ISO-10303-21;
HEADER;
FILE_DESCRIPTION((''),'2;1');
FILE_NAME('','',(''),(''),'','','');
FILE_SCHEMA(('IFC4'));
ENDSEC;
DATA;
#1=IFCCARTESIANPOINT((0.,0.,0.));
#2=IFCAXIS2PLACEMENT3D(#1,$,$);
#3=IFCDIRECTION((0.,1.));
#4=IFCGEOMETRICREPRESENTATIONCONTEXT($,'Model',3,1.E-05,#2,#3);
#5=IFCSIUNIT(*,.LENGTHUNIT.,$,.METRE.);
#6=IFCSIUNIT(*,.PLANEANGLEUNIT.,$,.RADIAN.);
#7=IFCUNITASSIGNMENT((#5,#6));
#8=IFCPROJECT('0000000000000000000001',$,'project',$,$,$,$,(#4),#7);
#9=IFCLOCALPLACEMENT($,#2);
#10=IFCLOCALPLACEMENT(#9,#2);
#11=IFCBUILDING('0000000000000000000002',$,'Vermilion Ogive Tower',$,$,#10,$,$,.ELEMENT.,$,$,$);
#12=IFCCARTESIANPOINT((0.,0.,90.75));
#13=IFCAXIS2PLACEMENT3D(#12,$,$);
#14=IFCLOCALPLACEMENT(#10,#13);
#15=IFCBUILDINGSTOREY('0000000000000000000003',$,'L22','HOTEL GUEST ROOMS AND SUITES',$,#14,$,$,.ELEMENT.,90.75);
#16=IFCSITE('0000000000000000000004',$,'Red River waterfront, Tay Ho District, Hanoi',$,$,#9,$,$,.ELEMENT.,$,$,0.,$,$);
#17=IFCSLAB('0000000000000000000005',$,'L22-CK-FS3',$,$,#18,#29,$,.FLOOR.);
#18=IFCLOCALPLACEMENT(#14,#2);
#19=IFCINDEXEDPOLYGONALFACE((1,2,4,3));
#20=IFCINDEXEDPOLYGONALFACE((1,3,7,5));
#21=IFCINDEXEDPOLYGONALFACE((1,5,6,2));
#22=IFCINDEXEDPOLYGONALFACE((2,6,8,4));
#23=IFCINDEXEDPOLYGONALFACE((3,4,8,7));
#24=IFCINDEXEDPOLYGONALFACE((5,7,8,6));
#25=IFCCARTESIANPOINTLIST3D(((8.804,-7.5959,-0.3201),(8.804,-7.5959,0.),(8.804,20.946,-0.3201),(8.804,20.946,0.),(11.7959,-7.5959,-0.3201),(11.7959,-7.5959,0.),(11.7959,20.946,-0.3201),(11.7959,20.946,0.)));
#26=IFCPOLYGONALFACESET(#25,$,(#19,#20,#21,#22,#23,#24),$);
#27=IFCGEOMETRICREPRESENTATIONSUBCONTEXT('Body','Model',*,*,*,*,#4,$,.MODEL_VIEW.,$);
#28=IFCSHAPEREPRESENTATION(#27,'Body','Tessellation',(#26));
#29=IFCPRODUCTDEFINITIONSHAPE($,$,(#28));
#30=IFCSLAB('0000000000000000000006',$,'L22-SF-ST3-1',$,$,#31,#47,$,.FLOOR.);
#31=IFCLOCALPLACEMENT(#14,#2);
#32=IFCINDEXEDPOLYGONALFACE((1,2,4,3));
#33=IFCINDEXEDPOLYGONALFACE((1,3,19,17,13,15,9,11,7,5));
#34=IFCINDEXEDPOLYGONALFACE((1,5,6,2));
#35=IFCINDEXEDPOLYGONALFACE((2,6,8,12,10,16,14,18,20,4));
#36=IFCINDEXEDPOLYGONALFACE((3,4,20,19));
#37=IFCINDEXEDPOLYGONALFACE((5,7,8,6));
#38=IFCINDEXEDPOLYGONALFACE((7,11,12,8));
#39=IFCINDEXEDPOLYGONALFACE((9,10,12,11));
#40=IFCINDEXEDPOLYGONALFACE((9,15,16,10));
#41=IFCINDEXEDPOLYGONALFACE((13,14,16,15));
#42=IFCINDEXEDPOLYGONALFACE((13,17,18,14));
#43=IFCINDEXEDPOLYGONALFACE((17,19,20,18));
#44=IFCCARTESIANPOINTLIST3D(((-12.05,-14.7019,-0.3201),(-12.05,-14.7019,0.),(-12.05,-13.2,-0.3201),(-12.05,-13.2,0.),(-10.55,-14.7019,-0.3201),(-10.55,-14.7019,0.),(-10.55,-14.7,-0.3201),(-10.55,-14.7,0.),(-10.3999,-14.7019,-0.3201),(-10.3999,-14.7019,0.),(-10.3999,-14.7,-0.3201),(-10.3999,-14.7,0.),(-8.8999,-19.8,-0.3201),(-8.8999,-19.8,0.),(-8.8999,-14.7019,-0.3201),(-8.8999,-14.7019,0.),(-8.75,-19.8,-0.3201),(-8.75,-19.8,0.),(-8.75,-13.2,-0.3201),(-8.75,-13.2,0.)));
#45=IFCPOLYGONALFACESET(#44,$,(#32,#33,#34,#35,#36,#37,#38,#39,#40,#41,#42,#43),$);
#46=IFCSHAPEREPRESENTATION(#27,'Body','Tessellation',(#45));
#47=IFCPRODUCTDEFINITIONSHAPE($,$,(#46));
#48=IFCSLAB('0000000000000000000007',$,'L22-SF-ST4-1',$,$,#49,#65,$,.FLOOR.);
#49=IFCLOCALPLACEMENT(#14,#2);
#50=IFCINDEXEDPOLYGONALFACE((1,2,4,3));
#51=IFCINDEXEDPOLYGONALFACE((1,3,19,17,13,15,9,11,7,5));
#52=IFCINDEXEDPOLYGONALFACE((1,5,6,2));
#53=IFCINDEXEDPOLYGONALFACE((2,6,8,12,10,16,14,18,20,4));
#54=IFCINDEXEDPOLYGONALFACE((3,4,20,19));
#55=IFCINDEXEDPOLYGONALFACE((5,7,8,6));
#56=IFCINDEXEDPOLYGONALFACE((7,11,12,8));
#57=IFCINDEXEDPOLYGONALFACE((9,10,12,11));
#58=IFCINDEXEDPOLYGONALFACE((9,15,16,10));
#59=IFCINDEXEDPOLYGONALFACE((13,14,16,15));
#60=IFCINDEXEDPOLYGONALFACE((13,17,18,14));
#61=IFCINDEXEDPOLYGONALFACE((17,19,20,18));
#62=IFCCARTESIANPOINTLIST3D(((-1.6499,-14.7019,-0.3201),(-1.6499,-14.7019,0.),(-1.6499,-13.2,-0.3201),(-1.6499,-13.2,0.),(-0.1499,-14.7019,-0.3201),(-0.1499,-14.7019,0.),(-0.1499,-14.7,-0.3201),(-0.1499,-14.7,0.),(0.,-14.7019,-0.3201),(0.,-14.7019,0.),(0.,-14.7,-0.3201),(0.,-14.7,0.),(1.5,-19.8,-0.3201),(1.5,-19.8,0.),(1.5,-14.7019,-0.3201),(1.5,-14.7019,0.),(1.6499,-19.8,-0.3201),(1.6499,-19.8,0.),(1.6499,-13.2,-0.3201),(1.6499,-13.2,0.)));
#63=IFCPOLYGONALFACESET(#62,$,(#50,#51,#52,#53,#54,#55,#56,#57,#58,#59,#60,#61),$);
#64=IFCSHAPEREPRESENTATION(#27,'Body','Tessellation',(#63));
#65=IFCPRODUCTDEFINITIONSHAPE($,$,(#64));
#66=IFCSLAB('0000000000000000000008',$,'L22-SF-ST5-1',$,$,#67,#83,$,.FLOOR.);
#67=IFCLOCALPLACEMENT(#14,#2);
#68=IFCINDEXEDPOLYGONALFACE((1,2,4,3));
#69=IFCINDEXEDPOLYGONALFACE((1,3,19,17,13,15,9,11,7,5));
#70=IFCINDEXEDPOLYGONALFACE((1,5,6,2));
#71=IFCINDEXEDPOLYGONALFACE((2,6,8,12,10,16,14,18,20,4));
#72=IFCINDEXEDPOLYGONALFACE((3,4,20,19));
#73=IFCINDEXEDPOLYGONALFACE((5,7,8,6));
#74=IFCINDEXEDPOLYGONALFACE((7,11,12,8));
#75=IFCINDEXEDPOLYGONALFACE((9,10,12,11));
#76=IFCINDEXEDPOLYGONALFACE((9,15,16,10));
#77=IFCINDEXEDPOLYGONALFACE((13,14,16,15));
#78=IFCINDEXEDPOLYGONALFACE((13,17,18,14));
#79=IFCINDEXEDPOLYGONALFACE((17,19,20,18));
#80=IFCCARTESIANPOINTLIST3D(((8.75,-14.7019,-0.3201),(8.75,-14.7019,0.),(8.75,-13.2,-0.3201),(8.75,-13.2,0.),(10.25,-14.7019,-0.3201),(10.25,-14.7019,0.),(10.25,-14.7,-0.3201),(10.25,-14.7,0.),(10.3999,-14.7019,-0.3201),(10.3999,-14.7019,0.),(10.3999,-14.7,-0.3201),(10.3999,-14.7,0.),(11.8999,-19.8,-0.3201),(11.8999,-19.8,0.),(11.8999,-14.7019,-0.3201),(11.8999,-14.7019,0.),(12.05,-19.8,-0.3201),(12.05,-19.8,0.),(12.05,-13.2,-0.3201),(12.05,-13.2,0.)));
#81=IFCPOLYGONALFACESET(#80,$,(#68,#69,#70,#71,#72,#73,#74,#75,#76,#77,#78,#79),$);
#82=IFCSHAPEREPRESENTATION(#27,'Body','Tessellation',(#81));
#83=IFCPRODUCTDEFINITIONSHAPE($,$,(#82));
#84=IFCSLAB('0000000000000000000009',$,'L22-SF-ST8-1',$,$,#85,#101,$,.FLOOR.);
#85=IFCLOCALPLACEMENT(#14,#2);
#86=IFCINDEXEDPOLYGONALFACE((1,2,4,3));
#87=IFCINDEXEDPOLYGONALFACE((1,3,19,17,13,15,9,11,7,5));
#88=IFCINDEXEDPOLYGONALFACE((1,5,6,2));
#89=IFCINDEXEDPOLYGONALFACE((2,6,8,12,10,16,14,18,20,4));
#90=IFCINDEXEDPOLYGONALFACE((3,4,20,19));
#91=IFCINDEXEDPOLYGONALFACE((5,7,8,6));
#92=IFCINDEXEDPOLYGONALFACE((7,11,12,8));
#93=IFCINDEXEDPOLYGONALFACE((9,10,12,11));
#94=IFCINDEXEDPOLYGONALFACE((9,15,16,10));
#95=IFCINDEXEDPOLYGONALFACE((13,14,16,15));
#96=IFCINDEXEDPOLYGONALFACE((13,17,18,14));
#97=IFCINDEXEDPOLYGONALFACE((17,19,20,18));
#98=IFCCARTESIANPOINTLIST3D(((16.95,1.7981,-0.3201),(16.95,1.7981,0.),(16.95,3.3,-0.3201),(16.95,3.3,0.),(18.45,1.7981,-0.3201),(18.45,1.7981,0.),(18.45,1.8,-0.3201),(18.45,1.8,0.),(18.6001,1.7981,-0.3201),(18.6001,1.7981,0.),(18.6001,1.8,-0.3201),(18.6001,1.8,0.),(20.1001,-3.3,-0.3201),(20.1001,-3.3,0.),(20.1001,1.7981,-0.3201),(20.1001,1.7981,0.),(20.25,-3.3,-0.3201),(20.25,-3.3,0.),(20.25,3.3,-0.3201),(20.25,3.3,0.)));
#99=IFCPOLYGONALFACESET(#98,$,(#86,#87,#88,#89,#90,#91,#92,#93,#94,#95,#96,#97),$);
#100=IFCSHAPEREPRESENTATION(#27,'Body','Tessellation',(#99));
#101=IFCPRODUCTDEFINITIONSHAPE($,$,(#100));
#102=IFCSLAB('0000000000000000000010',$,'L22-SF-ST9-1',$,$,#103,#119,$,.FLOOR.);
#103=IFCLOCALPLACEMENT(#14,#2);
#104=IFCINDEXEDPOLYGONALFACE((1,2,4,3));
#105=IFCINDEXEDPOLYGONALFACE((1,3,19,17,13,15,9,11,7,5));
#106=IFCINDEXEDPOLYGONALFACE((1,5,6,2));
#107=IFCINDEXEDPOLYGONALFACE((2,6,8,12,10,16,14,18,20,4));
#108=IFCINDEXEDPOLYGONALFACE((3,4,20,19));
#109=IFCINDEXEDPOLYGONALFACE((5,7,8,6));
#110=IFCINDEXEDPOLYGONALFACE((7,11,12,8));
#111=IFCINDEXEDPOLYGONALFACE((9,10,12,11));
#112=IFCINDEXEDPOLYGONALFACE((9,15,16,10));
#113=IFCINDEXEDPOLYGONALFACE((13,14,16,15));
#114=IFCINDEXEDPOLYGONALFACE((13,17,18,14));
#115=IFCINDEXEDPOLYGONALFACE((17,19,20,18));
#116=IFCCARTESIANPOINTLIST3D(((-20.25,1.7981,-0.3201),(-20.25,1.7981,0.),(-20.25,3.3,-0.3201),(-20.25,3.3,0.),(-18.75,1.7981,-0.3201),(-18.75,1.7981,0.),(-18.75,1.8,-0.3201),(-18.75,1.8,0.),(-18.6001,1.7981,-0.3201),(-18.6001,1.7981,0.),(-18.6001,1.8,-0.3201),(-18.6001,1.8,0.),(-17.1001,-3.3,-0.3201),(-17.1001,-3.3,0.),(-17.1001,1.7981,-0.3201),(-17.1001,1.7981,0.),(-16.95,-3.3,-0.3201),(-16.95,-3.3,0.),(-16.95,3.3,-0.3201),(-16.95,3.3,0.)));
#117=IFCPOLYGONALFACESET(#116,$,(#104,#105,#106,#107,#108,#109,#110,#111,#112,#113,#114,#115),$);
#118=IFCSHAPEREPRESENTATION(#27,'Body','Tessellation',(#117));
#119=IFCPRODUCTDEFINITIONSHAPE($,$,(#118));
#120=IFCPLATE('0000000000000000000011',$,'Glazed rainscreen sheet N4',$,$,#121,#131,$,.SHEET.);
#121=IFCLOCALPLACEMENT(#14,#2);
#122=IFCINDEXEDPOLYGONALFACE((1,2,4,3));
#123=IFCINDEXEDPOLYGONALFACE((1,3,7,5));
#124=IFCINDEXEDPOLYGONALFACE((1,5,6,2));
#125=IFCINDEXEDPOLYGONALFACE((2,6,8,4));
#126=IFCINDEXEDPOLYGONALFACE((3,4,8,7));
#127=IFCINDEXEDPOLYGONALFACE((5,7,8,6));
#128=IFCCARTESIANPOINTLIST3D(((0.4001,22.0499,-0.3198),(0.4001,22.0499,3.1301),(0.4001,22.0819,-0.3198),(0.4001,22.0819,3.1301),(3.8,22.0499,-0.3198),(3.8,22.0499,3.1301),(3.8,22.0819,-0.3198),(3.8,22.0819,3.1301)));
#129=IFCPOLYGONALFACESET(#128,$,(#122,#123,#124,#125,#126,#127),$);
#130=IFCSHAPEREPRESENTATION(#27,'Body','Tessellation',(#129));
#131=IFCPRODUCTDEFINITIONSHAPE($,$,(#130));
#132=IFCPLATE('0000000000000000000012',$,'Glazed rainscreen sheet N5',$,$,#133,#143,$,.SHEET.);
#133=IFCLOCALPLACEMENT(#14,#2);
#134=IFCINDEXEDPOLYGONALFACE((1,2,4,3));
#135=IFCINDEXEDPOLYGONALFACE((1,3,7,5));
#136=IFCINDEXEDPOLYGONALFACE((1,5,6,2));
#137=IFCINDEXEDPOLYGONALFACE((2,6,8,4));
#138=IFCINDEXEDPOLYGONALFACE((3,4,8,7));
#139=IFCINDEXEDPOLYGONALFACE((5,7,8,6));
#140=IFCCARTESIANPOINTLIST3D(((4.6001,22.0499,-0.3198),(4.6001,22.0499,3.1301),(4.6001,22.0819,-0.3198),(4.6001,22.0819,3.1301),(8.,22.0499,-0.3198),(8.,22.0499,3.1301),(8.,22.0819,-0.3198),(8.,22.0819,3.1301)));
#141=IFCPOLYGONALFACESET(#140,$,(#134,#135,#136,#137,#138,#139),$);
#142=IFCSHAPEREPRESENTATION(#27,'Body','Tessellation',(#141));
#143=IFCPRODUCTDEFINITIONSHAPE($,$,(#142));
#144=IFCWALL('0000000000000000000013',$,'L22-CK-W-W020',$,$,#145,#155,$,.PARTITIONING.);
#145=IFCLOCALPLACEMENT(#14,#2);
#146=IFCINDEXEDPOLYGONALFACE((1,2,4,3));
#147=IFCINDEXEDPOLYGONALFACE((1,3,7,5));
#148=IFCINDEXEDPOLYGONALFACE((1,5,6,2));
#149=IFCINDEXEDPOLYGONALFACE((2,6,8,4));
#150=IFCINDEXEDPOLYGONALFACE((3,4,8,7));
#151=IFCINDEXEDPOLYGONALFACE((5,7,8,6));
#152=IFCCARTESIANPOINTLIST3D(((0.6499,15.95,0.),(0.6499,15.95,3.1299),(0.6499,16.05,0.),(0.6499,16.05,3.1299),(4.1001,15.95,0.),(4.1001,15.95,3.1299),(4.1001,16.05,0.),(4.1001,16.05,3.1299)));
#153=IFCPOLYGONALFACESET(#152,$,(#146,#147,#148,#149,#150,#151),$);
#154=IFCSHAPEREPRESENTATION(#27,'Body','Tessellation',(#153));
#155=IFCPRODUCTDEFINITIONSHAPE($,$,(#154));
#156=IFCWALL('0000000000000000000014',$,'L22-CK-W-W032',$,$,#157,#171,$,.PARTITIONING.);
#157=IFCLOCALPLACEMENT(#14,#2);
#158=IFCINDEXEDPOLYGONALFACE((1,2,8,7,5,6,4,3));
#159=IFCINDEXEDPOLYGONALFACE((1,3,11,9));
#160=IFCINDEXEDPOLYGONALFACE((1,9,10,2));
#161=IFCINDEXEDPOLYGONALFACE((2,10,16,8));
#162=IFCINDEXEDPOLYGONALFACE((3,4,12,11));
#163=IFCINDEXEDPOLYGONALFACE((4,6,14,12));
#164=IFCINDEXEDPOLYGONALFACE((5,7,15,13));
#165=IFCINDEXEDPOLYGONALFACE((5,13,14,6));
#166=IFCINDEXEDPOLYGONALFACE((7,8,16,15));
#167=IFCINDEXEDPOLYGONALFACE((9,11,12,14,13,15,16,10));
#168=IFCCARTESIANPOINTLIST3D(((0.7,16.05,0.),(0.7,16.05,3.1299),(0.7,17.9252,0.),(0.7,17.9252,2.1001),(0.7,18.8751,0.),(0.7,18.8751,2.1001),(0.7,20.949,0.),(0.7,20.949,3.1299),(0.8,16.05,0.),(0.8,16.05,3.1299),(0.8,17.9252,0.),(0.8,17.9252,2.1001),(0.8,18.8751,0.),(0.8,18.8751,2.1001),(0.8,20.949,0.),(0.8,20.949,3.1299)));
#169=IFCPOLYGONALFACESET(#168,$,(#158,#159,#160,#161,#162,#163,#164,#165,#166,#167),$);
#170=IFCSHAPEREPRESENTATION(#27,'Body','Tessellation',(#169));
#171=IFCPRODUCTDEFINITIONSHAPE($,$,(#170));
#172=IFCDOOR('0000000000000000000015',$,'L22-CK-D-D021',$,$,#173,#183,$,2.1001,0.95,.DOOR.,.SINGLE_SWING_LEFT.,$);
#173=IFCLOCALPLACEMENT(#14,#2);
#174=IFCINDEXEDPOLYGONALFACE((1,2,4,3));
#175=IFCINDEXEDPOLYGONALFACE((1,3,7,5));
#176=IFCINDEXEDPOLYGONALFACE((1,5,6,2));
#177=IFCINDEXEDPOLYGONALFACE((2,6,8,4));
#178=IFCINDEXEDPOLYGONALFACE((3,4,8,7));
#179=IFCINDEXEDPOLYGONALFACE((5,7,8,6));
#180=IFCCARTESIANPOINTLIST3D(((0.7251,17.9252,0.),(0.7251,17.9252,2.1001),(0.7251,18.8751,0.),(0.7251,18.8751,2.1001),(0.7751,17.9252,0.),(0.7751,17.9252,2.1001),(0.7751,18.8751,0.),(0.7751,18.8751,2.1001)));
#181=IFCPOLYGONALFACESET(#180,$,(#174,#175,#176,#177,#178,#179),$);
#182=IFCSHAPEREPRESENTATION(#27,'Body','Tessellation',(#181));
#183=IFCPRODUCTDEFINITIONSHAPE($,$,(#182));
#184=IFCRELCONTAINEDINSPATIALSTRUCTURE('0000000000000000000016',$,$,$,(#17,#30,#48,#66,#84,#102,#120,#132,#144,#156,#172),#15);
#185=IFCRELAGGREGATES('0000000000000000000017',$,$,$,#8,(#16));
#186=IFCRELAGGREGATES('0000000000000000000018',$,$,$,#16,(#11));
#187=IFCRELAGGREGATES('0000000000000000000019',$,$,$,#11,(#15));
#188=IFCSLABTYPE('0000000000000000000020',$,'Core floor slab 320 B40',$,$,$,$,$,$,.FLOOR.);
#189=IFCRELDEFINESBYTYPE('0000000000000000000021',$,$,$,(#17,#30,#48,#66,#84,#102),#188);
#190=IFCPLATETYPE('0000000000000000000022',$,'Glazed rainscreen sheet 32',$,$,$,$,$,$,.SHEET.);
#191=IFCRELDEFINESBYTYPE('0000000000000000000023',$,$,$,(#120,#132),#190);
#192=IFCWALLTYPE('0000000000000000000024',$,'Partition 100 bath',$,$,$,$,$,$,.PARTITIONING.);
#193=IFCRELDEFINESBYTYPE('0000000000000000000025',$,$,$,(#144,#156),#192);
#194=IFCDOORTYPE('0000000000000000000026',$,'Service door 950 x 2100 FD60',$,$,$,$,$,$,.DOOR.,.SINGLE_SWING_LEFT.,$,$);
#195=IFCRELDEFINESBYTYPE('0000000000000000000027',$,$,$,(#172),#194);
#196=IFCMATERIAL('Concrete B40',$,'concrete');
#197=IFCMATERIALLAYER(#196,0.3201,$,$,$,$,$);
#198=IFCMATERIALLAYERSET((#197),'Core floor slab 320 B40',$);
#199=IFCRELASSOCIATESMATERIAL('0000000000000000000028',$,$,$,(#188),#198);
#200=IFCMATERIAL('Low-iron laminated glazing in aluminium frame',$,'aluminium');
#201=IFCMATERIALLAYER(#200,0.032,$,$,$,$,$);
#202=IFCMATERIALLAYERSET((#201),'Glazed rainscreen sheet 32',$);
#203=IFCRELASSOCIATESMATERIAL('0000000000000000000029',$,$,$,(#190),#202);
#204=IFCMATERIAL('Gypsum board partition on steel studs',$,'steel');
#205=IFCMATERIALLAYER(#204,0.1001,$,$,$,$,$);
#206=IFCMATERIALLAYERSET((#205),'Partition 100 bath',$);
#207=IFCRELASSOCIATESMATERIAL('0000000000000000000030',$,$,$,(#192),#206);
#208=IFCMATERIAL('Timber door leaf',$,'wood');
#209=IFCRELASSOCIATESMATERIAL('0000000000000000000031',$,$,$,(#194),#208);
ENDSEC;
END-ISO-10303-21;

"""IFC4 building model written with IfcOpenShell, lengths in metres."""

from ifc_helpers import new_model, si_unit, direction, frame, frame_2d, origin, origin_2d, place, context, subcontext, project, spatial, polyline, rectangle, outline, extrude, material, layer, layer_set, type_object, element, fill, save


model = new_model("IFC4")

# Units and contexts
model_context = context("Model", 3, precision=1e-05, world=origin(), true_north=direction((0.0, 1.0)))
body_context = subcontext(model_context, "Body", "Model", "MODEL_VIEW")
ifc_project = project(units=[si_unit("LENGTHUNIT", "METRE"), si_unit("PLANEANGLEUNIT", "RADIAN")], contexts=[model_context])

# Site, building, storey
site_placement = place(None, origin())
site = spatial("IfcSite", under=ifc_project, at=site_placement, Name="Red River waterfront, Tay Ho District, Hanoi", CompositionType="ELEMENT", RefElevation=0.0)
building_placement = place(site_placement, origin())
building = spatial("IfcBuilding", under=site, at=building_placement, Name="Vermilion Ogive Tower", CompositionType="ELEMENT")
storey_placement = place(building_placement, frame((0.0, 0.0, 90.75)))
storey = spatial("IfcBuildingStorey", under=building, at=storey_placement, Name="L22", Description="HOTEL GUEST ROOMS AND SUITES", CompositionType="ELEMENT", Elevation=90.75)

# Slabs
ifc_material_1 = material(Name="Concrete B40", Category="concrete")
ifc_layer_1 = layer(ifc_material_1, 0.3201)
ifc_layer_set_1 = layer_set([ifc_layer_1], Name="Core floor slab 320 B40")
slab_type = type_object("IfcSlabType", Name="Core floor slab 320 B40", PredefinedType="FLOOR", material=ifc_layer_set_1)
slab_1_placement = place(storey_placement, frame((0.0, 0.0, -0.3201)))
element("IfcSlab", 1, at=slab_1_placement, inside=storey, type_object=slab_type, Name="L22-CK-FS3", PredefinedType="FLOOR", context=body_context, shape_type="SweptSolid", body=[
    extrude(outline(polyline([(11.7959, -7.5959), (8.804, -7.5959), (8.804, 20.946), (11.7959, 20.946), (11.7959, -7.5959)])), origin(), (0.0, 0.0, 1.0), 0.3201),
])
slab_2_placement = place(storey_placement, frame((0.0, 0.0, -0.3201)))
element("IfcSlab", 2, at=slab_2_placement, inside=storey, type_object=slab_type, Name="L22-SF-ST3-1", PredefinedType="FLOOR", context=body_context, shape_type="SweptSolid", body=[
    extrude(outline(polyline([(-12.05, -13.2), (-12.05, -14.7019), (-10.55, -14.7019), (-10.55, -14.7), (-10.3999, -14.7), (-10.3999, -14.7019), (-8.8999, -14.7019), (-8.8999, -19.8), (-8.75, -19.8), (-8.75, -13.2), (-12.05, -13.2)])), origin(), (0.0, 0.0, 1.0), 0.3201),
])
slab_3_placement = place(storey_placement, frame((0.0, 0.0, -0.3201)))
element("IfcSlab", 3, at=slab_3_placement, inside=storey, type_object=slab_type, Name="L22-SF-ST4-1", PredefinedType="FLOOR", context=body_context, shape_type="SweptSolid", body=[
    extrude(outline(polyline([(-1.6499, -13.2), (-1.6499, -14.7019), (-0.1499, -14.7019), (-0.1499, -14.7), (0.0, -14.7), (0.0, -14.7019), (1.5, -14.7019), (1.5, -19.8), (1.6499, -19.8), (1.6499, -13.2), (-1.6499, -13.2)])), origin(), (0.0, 0.0, 1.0), 0.3201),
])
slab_4_placement = place(storey_placement, frame((0.0, 0.0, -0.3201)))
element("IfcSlab", 4, at=slab_4_placement, inside=storey, type_object=slab_type, Name="L22-SF-ST5-1", PredefinedType="FLOOR", context=body_context, shape_type="SweptSolid", body=[
    extrude(outline(polyline([(8.75, -13.2), (8.75, -14.7019), (10.25, -14.7019), (10.25, -14.7), (10.3999, -14.7), (10.3999, -14.7019), (11.8999, -14.7019), (11.8999, -19.8), (12.05, -19.8), (12.05, -13.2), (8.75, -13.2)])), origin(), (0.0, 0.0, 1.0), 0.3201),
])
slab_5_placement = place(storey_placement, frame((0.0, 0.0, -0.3201)))
element("IfcSlab", 5, at=slab_5_placement, inside=storey, type_object=slab_type, Name="L22-SF-ST8-1", PredefinedType="FLOOR", context=body_context, shape_type="SweptSolid", body=[
    extrude(outline(polyline([(16.95, 3.3), (16.95, 1.7981), (18.45, 1.7981), (18.45, 1.8), (18.6001, 1.8), (18.6001, 1.7981), (20.1001, 1.7981), (20.1001, -3.3), (20.25, -3.3), (20.25, 3.3), (16.95, 3.3)])), origin(), (0.0, 0.0, 1.0), 0.3201),
])
slab_6_placement = place(storey_placement, frame((0.0, 0.0, -0.3201)))
element("IfcSlab", 6, at=slab_6_placement, inside=storey, type_object=slab_type, Name="L22-SF-ST9-1", PredefinedType="FLOOR", context=body_context, shape_type="SweptSolid", body=[
    extrude(outline(polyline([(-20.25, 3.3), (-20.25, 1.7981), (-18.75, 1.7981), (-18.75, 1.8), (-18.6001, 1.8), (-18.6001, 1.7981), (-17.1001, 1.7981), (-17.1001, -3.3), (-16.95, -3.3), (-16.95, 3.3), (-20.25, 3.3)])), origin(), (0.0, 0.0, 1.0), 0.3201),
])

# Plates
ifc_material_2 = material(Name="Low-iron laminated glazing in aluminium frame", Category="aluminium")
ifc_layer_2 = layer(ifc_material_2, 0.032)
ifc_layer_set_2 = layer_set([ifc_layer_2], Name="Glazed rainscreen sheet 32")
plate_type = type_object("IfcPlateType", Name="Glazed rainscreen sheet 32", PredefinedType="SHEET", material=ifc_layer_set_2)
for number, where, z_axis, x_axis, name in (
    (7, (2.1001, 22.0659, -0.3198), (0.0, 0.0, 1.0), (1.0, 0.0, 0.0), "Glazed rainscreen sheet N4"),
    (8, (6.3, 22.0659, -0.3198), (0.0, 0.0, 1.0), (1.0, 0.0, 0.0), "Glazed rainscreen sheet N5"),
):
    element("IfcPlate", number, at=place(storey_placement, frame(where, z_axis=z_axis, x_axis=x_axis)), inside=storey, type_object=plate_type, Name=name, PredefinedType="SHEET", context=body_context, shape_type="SweptSolid", body=[
        extrude(rectangle(XDim=3.3999, YDim=0.032, at=origin_2d()), origin(), (0.0, 0.0, 1.0), 3.45),
    ])

# Wall
ifc_material_3 = material(Name="Gypsum board partition on steel studs", Category="steel")
ifc_layer_3 = layer(ifc_material_3, 0.1001)
ifc_layer_set_3 = layer_set([ifc_layer_3], Name="Partition 100 bath")
wall_type_1 = type_object("IfcWallType", Name="Partition 100 bath", PredefinedType="PARTITIONING", material=ifc_layer_set_3)
wall_1_placement = place(storey_placement, frame((0.6499, 16.0, 0.0), z_axis=(0.0, 0.0, 1.0), x_axis=(1.0, 0.0, 0.0)))
element("IfcWall", 9, at=wall_1_placement, inside=storey, type_object=wall_type_1, Name="L22-CK-W-W020", PredefinedType="PARTITIONING", context=body_context, shape_type="SweptSolid", body=[
    extrude(rectangle(XDim=3.4502, YDim=0.1001, at=frame_2d((1.7251, 0.0))), origin(), (0.0, 0.0, 1.0), 3.1299),
])

# Wall, opening, door
wall_2_placement = place(storey_placement, frame((0.75, 16.05, 0.0), z_axis=(0.0, 0.0, 1.0), x_axis=(0.0, 1.0, 0.0)))
wall_2 = element("IfcWall", 10, at=wall_2_placement, inside=storey, type_object=wall_type_1, Name="L22-CK-W-W032", PredefinedType="PARTITIONING", context=body_context, shape_type="SweptSolid", body=[
    extrude(rectangle(XDim=4.8989, YDim=0.1001, at=frame_2d((2.4495, 0.0))), origin(), (0.0, 0.0, 1.0), 3.1299),
])
opening_1_placement = place(wall_2_placement, frame((1.875, 0.0, 0.0)))
opening_1 = element("IfcOpeningElement", 11, at=opening_1_placement, cuts=wall_2, PredefinedType="OPENING", context=body_context, shape_type="SweptSolid", body=[
    extrude(rectangle(XDim=0.95, YDim=2.1001, at=frame_2d((0.4751, 1.05))), frame((0.0, 0.0601, 0.0), z_axis=(0.0, -1.0, 0.0), x_axis=(1.0, 0.0, 0.0)), (0.0, 0.0, 1.0), 0.1201),
])
ifc_material_4 = material(Name="Timber door leaf", Category="wood")
door_type_1 = type_object("IfcDoorType", Name="Service door 950 x 2100 FD60", OperationType="SINGLE_SWING_LEFT", PredefinedType="DOOR", material=ifc_material_4)
door_1_placement = place(opening_1_placement, origin())
door_1 = element("IfcDoor", 12, at=door_1_placement, inside=storey, type_object=door_type_1, Name="L22-CK-D-D021", OperationType="SINGLE_SWING_LEFT", OverallHeight=2.1001, OverallWidth=0.95, PredefinedType="DOOR", context=body_context, shape_type="SweptSolid", body=[
    extrude(rectangle(XDim=0.95, YDim=2.1001, at=frame_2d((0.4751, 1.05))), frame((0.0, 0.0249, 0.0), z_axis=(0.0, -1.0, 0.0), x_axis=(1.0, 0.0, 0.0)), (0.0, 0.0, 1.0), 0.05),
])
fill(opening_1, door_1)

save(model, "model.ifc")
